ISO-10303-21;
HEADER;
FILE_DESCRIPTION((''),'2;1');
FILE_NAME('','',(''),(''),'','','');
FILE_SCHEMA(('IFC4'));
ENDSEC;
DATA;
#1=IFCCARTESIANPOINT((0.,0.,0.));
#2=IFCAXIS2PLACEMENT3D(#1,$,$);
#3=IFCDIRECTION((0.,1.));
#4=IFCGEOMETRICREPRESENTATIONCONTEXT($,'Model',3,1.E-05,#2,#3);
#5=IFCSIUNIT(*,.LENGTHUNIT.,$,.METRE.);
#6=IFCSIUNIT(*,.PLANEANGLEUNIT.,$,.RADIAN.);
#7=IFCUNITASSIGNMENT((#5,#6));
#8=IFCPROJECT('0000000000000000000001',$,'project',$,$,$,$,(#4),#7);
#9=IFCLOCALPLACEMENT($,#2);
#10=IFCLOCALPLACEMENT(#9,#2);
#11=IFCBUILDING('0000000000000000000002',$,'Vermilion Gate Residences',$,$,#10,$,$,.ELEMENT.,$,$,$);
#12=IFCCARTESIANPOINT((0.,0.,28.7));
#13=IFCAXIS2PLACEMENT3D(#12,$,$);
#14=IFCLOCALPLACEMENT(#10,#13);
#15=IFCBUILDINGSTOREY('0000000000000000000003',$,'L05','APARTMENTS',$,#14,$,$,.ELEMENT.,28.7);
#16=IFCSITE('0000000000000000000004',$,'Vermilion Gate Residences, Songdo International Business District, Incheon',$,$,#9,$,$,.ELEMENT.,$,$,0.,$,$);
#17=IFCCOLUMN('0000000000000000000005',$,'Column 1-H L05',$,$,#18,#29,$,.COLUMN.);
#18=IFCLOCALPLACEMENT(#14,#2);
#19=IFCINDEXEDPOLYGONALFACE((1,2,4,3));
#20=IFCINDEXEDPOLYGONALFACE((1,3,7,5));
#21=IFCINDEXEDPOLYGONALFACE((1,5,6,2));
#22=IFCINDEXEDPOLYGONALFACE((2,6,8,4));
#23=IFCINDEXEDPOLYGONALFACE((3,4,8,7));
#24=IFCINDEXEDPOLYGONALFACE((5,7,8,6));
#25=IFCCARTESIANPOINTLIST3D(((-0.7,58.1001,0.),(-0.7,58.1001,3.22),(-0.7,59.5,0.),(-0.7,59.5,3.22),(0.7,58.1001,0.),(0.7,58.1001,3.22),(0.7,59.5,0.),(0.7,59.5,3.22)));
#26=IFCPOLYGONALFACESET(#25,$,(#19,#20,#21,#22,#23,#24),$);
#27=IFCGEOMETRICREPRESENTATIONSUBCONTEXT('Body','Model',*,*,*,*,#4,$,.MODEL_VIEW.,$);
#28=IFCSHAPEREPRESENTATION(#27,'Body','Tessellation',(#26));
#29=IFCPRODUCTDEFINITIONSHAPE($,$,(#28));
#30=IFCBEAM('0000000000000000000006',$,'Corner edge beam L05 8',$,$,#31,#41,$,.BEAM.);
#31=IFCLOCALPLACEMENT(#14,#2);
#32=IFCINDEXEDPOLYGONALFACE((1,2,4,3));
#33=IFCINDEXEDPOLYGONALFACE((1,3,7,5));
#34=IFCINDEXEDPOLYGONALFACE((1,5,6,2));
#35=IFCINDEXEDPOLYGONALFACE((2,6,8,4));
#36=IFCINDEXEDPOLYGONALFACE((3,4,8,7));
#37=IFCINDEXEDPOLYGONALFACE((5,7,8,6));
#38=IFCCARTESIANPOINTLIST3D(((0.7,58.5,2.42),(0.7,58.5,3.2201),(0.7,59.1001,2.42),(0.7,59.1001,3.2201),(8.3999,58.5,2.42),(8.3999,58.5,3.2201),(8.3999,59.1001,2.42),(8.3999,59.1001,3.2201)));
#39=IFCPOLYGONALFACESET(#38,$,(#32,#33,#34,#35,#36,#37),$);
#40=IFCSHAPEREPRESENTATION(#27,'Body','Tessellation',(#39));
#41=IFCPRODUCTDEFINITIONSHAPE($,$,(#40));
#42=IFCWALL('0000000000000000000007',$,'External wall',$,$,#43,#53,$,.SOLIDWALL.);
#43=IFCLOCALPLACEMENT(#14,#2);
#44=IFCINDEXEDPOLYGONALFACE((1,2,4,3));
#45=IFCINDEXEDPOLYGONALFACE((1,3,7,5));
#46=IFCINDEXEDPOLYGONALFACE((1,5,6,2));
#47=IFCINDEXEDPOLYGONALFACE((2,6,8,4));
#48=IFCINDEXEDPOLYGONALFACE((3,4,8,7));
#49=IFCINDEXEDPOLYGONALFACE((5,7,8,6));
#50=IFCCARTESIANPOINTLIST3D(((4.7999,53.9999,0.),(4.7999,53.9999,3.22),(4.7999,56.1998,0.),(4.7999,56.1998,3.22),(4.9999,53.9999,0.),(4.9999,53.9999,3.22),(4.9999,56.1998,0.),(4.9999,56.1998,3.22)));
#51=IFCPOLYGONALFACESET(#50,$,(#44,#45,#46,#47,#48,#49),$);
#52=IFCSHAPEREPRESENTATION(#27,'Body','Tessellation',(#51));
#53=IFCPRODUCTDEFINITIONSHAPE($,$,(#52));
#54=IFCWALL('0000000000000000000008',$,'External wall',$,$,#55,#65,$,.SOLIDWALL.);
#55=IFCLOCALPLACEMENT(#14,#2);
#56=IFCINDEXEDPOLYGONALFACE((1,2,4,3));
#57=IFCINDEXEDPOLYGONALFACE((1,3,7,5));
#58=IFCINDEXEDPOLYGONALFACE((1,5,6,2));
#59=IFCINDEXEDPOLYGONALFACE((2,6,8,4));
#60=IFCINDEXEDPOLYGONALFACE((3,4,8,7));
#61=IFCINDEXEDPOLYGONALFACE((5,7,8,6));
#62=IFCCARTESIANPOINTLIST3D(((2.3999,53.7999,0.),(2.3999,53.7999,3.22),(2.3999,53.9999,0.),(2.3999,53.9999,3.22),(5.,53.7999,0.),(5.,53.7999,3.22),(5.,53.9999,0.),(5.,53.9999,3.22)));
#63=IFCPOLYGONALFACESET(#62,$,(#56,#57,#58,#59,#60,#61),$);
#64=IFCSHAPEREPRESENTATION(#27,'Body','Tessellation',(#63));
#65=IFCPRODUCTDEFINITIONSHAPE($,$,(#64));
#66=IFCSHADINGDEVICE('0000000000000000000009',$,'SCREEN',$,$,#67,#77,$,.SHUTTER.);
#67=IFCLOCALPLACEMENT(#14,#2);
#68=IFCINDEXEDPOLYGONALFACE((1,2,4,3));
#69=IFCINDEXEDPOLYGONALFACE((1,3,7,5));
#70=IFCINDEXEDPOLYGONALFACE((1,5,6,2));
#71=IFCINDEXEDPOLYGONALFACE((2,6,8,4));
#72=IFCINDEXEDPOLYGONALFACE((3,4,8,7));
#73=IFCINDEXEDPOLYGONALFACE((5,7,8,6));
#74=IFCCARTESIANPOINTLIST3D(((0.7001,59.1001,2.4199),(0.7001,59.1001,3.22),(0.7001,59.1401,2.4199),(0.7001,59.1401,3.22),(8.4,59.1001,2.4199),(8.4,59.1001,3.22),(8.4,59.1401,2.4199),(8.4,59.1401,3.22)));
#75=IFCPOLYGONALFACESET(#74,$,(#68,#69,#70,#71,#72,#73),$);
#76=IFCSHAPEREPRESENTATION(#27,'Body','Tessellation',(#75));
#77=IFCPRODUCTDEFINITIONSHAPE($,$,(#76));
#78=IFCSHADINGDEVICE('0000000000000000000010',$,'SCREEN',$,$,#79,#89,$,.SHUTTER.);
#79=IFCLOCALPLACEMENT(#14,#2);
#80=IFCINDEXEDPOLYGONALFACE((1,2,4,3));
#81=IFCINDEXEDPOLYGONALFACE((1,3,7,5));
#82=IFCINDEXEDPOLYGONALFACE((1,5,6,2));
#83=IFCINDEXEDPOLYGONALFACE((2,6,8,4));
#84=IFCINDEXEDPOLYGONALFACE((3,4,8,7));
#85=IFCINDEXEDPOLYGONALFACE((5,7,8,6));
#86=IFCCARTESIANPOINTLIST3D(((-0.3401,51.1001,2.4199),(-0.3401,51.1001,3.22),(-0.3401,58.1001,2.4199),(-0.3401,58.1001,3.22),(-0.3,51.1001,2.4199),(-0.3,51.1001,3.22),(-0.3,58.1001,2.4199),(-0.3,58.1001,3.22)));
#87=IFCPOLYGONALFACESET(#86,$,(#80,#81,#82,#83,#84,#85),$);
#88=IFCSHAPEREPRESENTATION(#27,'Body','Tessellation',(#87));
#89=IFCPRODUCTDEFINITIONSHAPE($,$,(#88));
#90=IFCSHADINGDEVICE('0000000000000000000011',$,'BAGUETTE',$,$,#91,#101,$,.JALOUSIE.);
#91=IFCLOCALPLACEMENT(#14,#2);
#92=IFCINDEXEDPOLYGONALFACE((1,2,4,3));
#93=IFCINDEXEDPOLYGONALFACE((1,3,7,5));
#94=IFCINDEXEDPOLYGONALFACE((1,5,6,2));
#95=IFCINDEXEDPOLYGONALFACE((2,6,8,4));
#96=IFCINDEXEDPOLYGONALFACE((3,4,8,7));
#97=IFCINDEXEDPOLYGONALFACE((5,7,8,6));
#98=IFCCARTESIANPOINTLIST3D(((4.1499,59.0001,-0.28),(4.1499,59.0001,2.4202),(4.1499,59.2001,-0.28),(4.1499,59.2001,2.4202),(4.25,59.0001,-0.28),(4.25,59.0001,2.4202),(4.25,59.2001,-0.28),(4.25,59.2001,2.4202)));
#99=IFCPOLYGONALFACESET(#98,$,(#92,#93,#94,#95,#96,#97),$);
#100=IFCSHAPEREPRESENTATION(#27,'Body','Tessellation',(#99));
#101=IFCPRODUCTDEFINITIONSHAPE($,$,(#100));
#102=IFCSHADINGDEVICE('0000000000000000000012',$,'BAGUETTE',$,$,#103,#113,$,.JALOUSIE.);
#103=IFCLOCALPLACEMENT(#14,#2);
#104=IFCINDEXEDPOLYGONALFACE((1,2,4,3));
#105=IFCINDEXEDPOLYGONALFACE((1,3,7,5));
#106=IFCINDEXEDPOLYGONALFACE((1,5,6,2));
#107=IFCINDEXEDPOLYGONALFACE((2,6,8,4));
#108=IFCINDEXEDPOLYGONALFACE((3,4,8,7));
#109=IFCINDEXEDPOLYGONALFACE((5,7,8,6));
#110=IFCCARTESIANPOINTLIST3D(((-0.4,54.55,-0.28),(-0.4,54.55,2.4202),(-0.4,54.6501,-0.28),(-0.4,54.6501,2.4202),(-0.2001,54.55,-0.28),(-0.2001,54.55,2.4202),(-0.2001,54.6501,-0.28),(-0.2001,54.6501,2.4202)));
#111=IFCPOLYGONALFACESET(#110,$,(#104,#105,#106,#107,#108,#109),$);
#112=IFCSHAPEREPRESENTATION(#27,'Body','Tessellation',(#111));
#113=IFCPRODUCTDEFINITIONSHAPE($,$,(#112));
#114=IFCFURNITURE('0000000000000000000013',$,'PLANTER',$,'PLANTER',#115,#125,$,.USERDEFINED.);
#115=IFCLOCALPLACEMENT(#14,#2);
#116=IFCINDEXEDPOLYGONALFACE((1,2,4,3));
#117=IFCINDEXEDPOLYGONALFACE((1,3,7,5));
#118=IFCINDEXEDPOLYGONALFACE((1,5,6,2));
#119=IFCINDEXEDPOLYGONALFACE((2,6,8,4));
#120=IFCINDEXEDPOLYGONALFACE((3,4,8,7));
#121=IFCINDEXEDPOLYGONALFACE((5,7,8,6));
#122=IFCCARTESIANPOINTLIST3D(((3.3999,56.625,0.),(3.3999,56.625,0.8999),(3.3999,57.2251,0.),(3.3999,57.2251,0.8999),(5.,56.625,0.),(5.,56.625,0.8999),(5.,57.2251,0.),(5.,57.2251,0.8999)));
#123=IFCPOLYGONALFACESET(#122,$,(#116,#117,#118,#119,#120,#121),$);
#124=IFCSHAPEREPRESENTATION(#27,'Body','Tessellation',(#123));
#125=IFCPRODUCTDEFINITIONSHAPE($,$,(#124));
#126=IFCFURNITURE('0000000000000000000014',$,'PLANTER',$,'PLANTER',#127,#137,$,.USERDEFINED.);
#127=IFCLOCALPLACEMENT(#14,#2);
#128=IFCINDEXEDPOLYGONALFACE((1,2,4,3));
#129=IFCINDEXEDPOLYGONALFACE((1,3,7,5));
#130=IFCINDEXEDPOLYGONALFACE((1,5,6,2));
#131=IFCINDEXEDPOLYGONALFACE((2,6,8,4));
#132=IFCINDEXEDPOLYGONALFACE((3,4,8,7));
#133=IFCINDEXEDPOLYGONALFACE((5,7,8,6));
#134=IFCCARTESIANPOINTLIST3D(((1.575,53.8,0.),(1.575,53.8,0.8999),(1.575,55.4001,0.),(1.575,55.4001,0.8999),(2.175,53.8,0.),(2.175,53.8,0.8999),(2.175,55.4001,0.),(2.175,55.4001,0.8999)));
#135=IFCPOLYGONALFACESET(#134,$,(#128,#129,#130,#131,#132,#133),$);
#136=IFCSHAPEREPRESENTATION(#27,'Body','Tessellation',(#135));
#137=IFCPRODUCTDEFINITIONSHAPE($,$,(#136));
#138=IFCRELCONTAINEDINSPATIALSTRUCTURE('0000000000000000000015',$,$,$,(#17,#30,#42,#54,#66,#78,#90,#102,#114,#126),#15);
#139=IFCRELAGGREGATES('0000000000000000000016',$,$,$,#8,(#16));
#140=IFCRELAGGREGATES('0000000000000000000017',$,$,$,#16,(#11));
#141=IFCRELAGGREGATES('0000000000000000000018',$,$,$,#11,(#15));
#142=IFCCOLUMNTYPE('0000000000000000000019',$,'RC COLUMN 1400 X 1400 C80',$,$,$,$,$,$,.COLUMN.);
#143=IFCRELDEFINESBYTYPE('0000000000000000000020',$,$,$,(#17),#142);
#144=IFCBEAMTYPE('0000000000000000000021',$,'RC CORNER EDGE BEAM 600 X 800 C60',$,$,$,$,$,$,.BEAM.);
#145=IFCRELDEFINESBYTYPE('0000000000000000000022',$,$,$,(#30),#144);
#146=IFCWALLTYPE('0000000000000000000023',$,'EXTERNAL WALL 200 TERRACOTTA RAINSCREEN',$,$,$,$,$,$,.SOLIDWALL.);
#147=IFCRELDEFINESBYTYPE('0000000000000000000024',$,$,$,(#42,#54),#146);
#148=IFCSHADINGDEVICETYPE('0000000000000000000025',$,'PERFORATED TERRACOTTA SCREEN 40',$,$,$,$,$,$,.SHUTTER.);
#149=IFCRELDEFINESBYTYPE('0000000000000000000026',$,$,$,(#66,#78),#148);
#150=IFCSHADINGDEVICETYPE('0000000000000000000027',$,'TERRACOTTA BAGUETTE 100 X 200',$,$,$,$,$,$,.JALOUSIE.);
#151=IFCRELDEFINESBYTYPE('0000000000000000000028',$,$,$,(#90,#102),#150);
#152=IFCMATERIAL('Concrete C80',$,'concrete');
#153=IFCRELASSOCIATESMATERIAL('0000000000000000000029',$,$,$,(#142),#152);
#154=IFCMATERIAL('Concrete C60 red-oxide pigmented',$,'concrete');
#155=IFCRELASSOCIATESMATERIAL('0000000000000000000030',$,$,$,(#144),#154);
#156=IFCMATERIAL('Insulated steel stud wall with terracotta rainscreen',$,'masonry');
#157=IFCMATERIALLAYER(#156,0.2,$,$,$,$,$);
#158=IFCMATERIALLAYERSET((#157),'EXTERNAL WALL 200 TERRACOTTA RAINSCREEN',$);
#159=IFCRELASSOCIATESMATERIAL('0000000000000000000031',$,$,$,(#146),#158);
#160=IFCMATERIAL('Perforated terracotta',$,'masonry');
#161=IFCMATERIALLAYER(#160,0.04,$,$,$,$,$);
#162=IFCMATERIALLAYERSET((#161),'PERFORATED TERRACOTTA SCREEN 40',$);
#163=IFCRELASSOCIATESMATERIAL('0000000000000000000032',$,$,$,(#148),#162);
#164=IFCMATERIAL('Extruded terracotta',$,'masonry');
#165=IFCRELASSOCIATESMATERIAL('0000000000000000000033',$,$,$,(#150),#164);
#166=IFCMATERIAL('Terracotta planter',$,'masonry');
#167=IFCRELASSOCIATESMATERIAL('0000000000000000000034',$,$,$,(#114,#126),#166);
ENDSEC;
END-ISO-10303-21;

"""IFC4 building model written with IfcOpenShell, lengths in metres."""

from ifc_helpers import new_model, si_unit, direction, frame, frame_2d, origin, origin_2d, place, context, subcontext, project, spatial, rectangle, extrude, material, layer, layer_set, material_profile, profile_set, type_object, element, save


model = new_model("IFC4")

# Units and contexts
model_context = context("Model", 3, precision=1e-05, world=origin(), true_north=direction((0.0, 1.0)))
body_context = subcontext(model_context, "Body", "Model", "MODEL_VIEW")
ifc_project = project(units=[si_unit("LENGTHUNIT", "METRE"), si_unit("PLANEANGLEUNIT", "RADIAN")], contexts=[model_context])

# Site, building, storey
site_placement = place(None, origin())
site = spatial("IfcSite", under=ifc_project, at=site_placement, Name="Vermilion Gate Residences, Songdo International Business District, Incheon", CompositionType="ELEMENT", RefElevation=0.0)
building_placement = place(site_placement, origin())
building = spatial("IfcBuilding", under=site, at=building_placement, Name="Vermilion Gate Residences", CompositionType="ELEMENT")
storey_placement = place(building_placement, frame((0.0, 0.0, 28.7)))
storey = spatial("IfcBuildingStorey", under=building, at=storey_placement, Name="L05", Description="APARTMENTS", CompositionType="ELEMENT", Elevation=28.7)

# Column
ifc_material_1 = material(Name="Concrete C80", Category="concrete")
ifc_material_profile_1 = material_profile(ifc_material_1, rectangle(XDim=1.3999, YDim=1.3999, at=origin_2d()), Name="RC-1400x1400")
ifc_profile_set_1 = profile_set([ifc_material_profile_1], Name="Concrete C80")
column_type = type_object("IfcColumnType", Name="RC COLUMN 1400 X 1400 C80", PredefinedType="COLUMN", material=ifc_profile_set_1)
column_placement = place(storey_placement, frame((0.0, 58.8, 0.0), z_axis=(0.0, 0.0, 1.0), x_axis=(1.0, 0.0, 0.0)))
element("IfcColumn", 1, at=column_placement, inside=storey, type_object=column_type, Name="Column 1-H L05", PredefinedType="COLUMN", context=body_context, shape_type="SweptSolid", body=[
    extrude(rectangle(XDim=1.3999, YDim=1.3999, at=origin_2d()), origin(), (0.0, 0.0, 1.0), 3.22),
])

# Beam
ifc_material_2 = material(Name="Concrete C60 red-oxide pigmented", Category="concrete")
ifc_material_profile_2 = material_profile(ifc_material_2, rectangle(XDim=0.6001, YDim=0.8, at=origin_2d()), Name="RC-600x800")
ifc_profile_set_2 = profile_set([ifc_material_profile_2], Name="Concrete C60 red-oxide pigmented")
beam_type = type_object("IfcBeamType", Name="RC CORNER EDGE BEAM 600 X 800 C60", PredefinedType="BEAM", material=ifc_profile_set_2)
beam_placement = place(storey_placement, frame((0.7, 58.8, 2.8201), z_axis=(1.0, 0.0, 0.0), x_axis=(0.0, 1.0, 0.0)))
element("IfcBeam", 2, at=beam_placement, inside=storey, type_object=beam_type, Name="Corner edge beam L05 8", PredefinedType="BEAM", context=body_context, shape_type="SweptSolid", body=[
    extrude(rectangle(XDim=0.6001, YDim=0.8, at=origin_2d()), origin(), (0.0, 0.0, 1.0), 7.7),
])

# Walls
ifc_material_3 = material(Name="Insulated steel stud wall with terracotta rainscreen", Category="masonry")
ifc_layer_1 = layer(ifc_material_3, 0.2)
ifc_layer_set_1 = layer_set([ifc_layer_1], Name="EXTERNAL WALL 200 TERRACOTTA RAINSCREEN")
wall_type = type_object("IfcWallType", Name="EXTERNAL WALL 200 TERRACOTTA RAINSCREEN", PredefinedType="SOLIDWALL", material=ifc_layer_set_1)
wall_1_placement = place(storey_placement, frame((4.8999, 56.2, 0.0), z_axis=(0.0, 0.0, 1.0), x_axis=(0.0, -1.0, 0.0)))
element("IfcWall", 3, at=wall_1_placement, inside=storey, type_object=wall_type, Name="External wall", PredefinedType="SOLIDWALL", context=body_context, shape_type="SweptSolid", body=[
    extrude(rectangle(XDim=2.2, YDim=0.2, at=frame_2d((1.1001, 0.0))), origin(), (0.0, 0.0, 1.0), 3.22),
])
wall_2_placement = place(storey_placement, frame((5.0, 53.8999, 0.0), z_axis=(0.0, 0.0, 1.0), x_axis=(-1.0, 0.0, 0.0)))
element("IfcWall", 4, at=wall_2_placement, inside=storey, type_object=wall_type, Name="External wall", PredefinedType="SOLIDWALL", context=body_context, shape_type="SweptSolid", body=[
    extrude(rectangle(XDim=2.6001, YDim=0.2, at=frame_2d((1.3, 0.0))), origin(), (0.0, 0.0, 1.0), 3.22),
])

# Shading devices
ifc_material_4 = material(Name="Perforated terracotta", Category="masonry")
ifc_layer_2 = layer(ifc_material_4, 0.04)
ifc_layer_set_2 = layer_set([ifc_layer_2], Name="PERFORATED TERRACOTTA SCREEN 40")
shading_device_type_1 = type_object("IfcShadingDeviceType", Name="PERFORATED TERRACOTTA SCREEN 40", PredefinedType="SHUTTER", material=ifc_layer_set_2)
shading_device_1_placement = place(storey_placement, frame((4.55, 59.1201, 2.4199), z_axis=(0.0, 0.0, 1.0), x_axis=(-1.0, 0.0, 0.0)))
element("IfcShadingDevice", 5, at=shading_device_1_placement, inside=storey, type_object=shading_device_type_1, Name="SCREEN", PredefinedType="SHUTTER", context=body_context, shape_type="SweptSolid", body=[
    extrude(rectangle(XDim=7.7, YDim=0.04, at=origin_2d()), origin(), (0.0, 0.0, 1.0), 0.8),
])
shading_device_2_placement = place(storey_placement, frame((-0.3201, 54.6001, 2.4199), z_axis=(0.0, 0.0, 1.0), x_axis=(0.0, -1.0, 0.0)))
element("IfcShadingDevice", 6, at=shading_device_2_placement, inside=storey, type_object=shading_device_type_1, Name="SCREEN", PredefinedType="SHUTTER", context=body_context, shape_type="SweptSolid", body=[
    extrude(rectangle(XDim=7.0, YDim=0.04, at=origin_2d()), origin(), (0.0, 0.0, 1.0), 0.8),
])
ifc_material_5 = material(Name="Extruded terracotta", Category="masonry")
ifc_material_profile_3 = material_profile(ifc_material_5, rectangle(XDim=0.2, YDim=0.1001, at=origin_2d()), Name="BAGUETTE 100 X 200")
ifc_profile_set_3 = profile_set([ifc_material_profile_3], Name="Extruded terracotta")
shading_device_type_2 = type_object("IfcShadingDeviceType", Name="TERRACOTTA BAGUETTE 100 X 200", PredefinedType="JALOUSIE", material=ifc_profile_set_3)
for number, where, z_axis, x_axis, name in (
    (7, (4.2, 59.1001, -0.28), (0.0, 0.0, 1.0), (0.0, -1.0, 0.0), "BAGUETTE"),
    (8, (-0.3, 54.6001, -0.28), (0.0, 0.0, 1.0), (1.0, 0.0, 0.0), "BAGUETTE"),
):
    element("IfcShadingDevice", number, at=place(storey_placement, frame(where, z_axis=z_axis, x_axis=x_axis)), inside=storey, type_object=shading_device_type_2, Name=name, PredefinedType="JALOUSIE", context=body_context, shape_type="SweptSolid", body=[
        extrude(rectangle(XDim=0.2, YDim=0.1001, at=origin_2d()), origin(), (0.0, 0.0, 1.0), 2.7002),
    ])

# Furniture
ifc_material_6 = material(Name="Terracotta planter", Category="masonry")
for number, where, z_axis, x_axis, name in (
    (9, (4.2, 56.925, 0.0), (0.0, 0.0, 1.0), (-1.0, 0.0, 0.0), "PLANTER"),
    (10, (1.875, 54.6001, 0.0), (0.0, 0.0, 1.0), (0.0, -1.0, 0.0), "PLANTER"),
):
    element("IfcFurniture", number, at=place(storey_placement, frame(where, z_axis=z_axis, x_axis=x_axis)), inside=storey, material=ifc_material_6, Name=name, ObjectType="PLANTER", PredefinedType="USERDEFINED", context=body_context, shape_type="SweptSolid", body=[
        extrude(rectangle(XDim=1.6001, YDim=0.6001, at=origin_2d()), origin(), (0.0, 0.0, 1.0), 0.8999),
    ])

save(model, "model.ifc")
